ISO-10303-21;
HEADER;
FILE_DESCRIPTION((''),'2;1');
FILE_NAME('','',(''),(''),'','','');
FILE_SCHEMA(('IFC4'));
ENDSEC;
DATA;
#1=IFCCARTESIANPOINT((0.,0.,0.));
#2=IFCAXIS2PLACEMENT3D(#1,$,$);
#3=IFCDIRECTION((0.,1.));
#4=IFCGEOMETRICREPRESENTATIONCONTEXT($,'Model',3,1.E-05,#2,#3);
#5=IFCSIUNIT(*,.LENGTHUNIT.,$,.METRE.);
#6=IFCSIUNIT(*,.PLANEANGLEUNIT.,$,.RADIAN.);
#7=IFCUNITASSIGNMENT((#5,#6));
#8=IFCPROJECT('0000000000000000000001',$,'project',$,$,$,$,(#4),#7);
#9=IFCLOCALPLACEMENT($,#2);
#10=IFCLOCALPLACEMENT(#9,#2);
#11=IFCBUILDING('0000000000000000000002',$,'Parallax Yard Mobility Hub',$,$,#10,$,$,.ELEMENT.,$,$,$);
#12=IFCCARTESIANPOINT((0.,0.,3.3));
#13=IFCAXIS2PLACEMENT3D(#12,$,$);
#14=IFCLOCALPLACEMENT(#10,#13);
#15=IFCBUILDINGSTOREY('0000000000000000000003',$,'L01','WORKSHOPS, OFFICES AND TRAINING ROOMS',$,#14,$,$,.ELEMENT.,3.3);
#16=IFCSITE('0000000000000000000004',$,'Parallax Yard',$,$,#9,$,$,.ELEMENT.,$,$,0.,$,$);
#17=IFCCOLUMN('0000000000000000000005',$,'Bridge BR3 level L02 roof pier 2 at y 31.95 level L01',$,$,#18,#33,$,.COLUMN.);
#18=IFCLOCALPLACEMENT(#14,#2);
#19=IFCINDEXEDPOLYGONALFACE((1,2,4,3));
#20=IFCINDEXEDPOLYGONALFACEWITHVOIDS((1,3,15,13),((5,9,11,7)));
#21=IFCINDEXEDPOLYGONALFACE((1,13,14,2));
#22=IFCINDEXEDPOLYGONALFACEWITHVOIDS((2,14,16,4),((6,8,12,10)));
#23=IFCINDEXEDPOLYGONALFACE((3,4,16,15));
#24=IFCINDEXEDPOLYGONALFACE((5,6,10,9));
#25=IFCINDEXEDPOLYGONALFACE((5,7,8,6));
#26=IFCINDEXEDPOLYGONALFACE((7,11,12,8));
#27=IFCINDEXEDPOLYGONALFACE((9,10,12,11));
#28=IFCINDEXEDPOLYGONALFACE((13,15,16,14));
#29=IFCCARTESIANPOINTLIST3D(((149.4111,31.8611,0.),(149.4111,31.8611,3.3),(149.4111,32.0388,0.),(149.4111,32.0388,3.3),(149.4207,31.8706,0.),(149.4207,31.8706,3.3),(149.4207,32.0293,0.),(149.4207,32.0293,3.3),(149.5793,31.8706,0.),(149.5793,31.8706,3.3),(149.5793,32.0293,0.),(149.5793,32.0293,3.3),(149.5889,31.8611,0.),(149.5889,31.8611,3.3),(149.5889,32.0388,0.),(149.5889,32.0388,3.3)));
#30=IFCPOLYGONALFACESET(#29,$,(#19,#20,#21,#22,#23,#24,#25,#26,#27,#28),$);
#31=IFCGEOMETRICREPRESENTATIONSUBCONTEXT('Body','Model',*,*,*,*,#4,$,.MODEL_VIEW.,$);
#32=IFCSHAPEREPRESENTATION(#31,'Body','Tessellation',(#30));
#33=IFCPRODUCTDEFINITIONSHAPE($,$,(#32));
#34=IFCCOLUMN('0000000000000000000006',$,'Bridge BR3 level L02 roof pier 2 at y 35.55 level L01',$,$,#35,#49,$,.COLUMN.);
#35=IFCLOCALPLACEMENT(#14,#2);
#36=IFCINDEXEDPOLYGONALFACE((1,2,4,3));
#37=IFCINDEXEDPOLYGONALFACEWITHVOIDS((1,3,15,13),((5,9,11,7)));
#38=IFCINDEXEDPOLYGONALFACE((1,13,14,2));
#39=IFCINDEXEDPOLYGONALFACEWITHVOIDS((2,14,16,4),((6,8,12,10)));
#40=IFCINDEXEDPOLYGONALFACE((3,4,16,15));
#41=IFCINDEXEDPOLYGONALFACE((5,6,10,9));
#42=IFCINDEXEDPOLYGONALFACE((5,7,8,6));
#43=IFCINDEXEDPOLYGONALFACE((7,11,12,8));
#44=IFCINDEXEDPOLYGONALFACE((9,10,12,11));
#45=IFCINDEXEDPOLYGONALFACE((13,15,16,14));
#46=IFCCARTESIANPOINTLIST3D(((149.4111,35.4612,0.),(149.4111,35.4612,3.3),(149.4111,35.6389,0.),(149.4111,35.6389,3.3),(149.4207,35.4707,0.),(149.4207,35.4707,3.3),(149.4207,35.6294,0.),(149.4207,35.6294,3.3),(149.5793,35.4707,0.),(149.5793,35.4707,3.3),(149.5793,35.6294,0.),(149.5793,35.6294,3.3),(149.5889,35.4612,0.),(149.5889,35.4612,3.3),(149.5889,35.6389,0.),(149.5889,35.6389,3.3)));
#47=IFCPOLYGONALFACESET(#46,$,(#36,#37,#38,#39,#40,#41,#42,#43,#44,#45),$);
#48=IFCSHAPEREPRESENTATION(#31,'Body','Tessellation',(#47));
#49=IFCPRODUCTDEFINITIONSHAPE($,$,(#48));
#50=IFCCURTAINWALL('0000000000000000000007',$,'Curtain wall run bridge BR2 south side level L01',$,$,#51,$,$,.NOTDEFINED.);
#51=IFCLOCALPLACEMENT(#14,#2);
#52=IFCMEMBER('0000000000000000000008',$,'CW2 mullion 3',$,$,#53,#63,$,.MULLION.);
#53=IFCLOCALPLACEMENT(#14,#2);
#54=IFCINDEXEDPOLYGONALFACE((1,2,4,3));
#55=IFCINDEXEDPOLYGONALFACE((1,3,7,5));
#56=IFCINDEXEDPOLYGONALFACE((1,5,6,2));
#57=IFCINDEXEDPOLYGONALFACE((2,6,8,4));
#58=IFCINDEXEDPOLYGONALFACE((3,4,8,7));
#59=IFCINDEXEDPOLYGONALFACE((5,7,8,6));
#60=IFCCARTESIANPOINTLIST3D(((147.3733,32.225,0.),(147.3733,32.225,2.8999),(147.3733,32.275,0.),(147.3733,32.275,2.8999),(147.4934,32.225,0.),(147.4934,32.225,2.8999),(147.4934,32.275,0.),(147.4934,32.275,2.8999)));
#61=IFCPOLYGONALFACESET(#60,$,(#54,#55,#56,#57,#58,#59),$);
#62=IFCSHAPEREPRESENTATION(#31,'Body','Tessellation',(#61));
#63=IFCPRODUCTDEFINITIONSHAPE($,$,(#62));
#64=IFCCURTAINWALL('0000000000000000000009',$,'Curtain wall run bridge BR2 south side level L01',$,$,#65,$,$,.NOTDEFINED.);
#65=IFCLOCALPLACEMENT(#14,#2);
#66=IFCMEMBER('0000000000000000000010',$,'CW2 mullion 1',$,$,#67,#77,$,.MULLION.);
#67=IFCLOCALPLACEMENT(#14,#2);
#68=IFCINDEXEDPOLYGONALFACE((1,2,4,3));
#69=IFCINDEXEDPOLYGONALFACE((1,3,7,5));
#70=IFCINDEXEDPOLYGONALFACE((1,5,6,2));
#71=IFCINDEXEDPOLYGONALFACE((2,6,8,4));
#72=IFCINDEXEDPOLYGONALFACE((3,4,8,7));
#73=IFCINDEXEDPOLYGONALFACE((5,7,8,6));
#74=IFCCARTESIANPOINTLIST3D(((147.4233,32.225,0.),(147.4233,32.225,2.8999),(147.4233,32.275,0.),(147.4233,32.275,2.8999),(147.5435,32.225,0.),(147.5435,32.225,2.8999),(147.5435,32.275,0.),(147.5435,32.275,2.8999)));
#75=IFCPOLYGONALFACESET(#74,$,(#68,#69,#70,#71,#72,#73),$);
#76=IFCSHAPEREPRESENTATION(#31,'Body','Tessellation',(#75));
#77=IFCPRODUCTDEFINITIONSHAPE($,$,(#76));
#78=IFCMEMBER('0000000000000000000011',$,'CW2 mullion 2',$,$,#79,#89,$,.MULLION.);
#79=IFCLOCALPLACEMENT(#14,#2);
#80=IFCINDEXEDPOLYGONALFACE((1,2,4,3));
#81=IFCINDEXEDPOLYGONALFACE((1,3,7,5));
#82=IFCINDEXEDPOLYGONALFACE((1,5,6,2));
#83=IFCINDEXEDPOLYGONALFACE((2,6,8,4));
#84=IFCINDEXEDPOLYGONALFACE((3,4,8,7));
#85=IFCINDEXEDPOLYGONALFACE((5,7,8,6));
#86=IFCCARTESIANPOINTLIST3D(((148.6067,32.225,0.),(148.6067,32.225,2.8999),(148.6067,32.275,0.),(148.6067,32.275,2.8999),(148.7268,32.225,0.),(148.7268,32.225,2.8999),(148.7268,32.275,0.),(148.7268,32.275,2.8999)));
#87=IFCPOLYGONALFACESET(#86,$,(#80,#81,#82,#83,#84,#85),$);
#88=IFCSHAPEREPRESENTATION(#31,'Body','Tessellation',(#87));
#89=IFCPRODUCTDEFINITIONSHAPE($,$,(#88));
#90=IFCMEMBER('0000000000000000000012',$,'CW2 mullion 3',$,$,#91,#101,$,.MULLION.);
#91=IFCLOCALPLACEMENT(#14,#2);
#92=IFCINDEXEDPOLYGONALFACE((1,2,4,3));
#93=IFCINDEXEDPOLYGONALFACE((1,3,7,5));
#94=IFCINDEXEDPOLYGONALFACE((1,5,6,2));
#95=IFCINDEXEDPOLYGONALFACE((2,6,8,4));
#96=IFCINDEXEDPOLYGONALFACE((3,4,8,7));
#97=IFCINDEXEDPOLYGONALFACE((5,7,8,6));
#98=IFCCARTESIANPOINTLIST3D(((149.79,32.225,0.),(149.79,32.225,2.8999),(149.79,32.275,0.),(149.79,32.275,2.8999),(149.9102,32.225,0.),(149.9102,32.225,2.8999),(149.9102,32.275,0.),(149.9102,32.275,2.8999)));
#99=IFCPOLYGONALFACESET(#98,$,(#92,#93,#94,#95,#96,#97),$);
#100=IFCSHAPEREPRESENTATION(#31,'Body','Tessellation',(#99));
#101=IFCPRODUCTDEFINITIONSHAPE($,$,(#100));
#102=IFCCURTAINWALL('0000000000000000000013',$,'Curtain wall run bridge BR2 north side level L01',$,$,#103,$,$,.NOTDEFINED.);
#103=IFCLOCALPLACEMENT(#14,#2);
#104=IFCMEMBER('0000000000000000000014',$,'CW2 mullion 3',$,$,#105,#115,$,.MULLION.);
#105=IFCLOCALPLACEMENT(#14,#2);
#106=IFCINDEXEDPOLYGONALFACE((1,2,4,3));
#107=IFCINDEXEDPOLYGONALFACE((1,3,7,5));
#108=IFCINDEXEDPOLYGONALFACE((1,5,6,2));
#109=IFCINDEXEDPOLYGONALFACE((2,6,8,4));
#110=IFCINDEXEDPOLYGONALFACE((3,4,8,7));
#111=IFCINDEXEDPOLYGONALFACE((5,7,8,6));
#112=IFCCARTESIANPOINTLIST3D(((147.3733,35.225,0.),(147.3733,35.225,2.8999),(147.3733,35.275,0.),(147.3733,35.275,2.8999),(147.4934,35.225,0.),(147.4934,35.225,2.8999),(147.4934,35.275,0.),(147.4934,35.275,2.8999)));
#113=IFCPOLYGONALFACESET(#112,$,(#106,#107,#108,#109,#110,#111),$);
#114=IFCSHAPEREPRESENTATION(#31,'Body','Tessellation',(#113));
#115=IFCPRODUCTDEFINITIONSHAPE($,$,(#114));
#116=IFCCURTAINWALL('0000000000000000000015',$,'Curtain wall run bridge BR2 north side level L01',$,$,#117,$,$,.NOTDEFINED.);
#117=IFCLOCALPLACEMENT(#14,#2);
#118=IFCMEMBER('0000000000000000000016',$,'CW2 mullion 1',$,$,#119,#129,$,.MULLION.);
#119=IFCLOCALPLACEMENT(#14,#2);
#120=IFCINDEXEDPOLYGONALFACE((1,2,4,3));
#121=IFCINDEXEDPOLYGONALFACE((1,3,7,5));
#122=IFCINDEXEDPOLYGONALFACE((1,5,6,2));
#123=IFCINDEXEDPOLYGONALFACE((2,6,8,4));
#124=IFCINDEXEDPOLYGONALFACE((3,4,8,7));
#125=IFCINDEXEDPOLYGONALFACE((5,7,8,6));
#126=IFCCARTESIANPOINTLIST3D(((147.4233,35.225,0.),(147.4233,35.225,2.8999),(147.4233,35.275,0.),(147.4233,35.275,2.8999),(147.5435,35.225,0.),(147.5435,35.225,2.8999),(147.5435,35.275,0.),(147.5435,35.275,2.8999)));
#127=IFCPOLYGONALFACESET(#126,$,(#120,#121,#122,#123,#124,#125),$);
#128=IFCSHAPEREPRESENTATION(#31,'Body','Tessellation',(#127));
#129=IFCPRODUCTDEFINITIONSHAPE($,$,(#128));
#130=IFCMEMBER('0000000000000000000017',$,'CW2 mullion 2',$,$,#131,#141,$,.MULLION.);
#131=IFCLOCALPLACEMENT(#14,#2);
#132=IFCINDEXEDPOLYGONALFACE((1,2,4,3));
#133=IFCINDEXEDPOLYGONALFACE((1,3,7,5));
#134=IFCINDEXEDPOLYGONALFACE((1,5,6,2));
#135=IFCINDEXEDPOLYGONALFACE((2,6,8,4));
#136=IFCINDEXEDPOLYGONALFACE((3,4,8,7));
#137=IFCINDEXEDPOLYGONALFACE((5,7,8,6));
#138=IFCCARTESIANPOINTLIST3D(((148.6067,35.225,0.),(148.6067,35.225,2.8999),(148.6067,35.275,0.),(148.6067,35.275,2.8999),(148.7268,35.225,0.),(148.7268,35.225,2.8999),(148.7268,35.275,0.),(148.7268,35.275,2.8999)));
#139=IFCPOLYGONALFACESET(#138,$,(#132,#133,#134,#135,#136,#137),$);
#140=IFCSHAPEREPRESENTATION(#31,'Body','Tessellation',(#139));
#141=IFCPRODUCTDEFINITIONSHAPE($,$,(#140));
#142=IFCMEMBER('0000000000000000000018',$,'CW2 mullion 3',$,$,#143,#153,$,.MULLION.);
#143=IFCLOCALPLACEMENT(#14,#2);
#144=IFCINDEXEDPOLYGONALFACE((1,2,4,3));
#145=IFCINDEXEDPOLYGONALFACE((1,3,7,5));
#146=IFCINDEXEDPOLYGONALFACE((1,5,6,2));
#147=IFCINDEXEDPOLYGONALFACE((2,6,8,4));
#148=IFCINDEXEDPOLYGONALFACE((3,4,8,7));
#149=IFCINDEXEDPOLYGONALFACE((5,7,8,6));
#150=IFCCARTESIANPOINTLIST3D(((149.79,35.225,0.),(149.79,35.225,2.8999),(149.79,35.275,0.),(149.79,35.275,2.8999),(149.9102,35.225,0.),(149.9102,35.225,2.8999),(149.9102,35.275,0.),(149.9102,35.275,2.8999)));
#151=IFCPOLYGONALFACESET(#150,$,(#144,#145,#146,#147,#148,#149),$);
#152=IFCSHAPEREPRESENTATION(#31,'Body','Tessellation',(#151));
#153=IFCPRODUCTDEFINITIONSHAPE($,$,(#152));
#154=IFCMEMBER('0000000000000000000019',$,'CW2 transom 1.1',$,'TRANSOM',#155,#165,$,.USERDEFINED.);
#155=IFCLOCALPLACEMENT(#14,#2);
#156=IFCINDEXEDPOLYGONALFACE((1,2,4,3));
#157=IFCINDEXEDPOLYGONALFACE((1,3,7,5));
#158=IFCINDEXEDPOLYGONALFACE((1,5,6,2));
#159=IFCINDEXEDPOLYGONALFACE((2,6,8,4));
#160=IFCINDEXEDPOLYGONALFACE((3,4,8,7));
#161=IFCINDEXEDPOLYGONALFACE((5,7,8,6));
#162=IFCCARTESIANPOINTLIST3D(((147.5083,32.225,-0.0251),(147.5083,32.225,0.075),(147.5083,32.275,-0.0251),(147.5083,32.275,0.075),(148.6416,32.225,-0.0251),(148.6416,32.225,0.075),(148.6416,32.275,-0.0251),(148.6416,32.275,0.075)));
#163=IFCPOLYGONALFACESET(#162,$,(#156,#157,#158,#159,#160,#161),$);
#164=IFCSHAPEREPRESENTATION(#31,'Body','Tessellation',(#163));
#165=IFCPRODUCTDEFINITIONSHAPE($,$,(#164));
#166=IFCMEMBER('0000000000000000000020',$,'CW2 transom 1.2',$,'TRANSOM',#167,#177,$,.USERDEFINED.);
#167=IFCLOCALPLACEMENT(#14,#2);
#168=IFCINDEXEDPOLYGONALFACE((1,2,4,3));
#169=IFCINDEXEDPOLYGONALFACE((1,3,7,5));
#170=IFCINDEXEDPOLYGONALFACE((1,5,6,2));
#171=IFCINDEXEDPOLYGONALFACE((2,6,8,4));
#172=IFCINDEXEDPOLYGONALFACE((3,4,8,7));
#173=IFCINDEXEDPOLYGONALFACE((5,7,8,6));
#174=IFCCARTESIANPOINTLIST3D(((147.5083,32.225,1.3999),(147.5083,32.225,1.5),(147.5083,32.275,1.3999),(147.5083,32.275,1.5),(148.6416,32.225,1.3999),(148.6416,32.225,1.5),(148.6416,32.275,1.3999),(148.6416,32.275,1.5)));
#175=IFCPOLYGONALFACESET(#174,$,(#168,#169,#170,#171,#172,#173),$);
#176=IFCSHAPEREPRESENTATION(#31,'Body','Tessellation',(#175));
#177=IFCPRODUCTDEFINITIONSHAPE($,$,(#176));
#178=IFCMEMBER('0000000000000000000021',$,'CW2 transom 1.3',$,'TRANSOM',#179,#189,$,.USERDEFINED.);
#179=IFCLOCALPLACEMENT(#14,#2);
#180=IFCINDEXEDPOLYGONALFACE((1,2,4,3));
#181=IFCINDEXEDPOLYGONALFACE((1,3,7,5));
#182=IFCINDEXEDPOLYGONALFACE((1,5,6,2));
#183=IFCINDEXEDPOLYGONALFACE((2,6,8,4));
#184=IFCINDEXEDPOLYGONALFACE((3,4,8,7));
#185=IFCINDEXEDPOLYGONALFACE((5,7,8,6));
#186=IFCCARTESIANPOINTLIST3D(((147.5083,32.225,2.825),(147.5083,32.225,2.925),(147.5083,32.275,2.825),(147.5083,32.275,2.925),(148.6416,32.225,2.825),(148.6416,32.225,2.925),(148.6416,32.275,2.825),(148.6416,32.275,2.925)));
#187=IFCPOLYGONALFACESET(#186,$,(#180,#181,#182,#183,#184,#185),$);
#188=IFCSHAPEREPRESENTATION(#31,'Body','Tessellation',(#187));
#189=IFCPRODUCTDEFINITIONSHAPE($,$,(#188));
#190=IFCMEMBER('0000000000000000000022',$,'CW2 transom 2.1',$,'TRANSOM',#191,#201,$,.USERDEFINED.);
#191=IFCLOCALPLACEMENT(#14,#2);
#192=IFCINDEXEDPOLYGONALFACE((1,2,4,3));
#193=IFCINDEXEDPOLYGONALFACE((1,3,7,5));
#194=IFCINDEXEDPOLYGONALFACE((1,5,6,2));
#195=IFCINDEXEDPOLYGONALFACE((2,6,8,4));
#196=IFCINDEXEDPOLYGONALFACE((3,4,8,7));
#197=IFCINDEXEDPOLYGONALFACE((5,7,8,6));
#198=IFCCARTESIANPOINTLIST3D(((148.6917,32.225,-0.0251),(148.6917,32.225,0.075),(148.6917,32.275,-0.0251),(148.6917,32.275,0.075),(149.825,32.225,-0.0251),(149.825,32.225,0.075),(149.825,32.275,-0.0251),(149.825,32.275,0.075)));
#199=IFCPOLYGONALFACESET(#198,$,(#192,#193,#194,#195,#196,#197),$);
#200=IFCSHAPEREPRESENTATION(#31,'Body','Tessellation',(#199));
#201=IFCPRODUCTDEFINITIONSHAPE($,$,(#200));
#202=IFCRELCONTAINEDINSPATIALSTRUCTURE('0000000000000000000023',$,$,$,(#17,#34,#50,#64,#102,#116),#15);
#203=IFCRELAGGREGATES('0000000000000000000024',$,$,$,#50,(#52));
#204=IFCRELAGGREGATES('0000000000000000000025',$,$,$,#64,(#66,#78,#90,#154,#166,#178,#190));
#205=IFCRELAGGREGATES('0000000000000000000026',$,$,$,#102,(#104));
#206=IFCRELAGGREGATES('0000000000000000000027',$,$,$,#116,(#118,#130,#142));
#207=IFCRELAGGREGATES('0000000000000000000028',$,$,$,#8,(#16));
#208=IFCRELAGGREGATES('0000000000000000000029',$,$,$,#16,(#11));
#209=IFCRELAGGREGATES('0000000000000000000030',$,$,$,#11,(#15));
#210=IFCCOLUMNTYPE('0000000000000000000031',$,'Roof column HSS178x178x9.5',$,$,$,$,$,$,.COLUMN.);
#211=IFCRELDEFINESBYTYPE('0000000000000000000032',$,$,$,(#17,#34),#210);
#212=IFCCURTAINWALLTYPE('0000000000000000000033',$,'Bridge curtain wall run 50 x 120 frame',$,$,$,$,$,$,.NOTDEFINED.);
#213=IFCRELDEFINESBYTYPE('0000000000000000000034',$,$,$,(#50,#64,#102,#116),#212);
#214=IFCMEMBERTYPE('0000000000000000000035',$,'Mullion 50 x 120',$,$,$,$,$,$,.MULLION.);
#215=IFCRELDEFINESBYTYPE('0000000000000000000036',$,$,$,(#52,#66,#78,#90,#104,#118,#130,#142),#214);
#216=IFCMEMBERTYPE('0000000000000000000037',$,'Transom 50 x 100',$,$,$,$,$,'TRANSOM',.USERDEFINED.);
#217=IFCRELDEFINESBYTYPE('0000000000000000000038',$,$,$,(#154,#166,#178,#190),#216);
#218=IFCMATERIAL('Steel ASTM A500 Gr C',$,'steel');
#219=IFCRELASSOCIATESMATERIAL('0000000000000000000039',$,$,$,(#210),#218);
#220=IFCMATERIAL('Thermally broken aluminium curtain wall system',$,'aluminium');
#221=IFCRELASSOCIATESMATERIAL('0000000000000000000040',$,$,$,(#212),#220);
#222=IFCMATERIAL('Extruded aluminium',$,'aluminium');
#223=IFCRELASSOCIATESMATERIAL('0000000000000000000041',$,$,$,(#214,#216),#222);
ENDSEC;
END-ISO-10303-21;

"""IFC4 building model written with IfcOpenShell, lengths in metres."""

from ifc_helpers import new_model, si_unit, direction, frame, origin, origin_2d, place, context, subcontext, project, spatial, rectangle, hollow_rectangle, extrude, material, material_profile, profile_set, type_object, element, aggregate, save


model = new_model("IFC4")

# Units and contexts
model_context = context("Model", 3, precision=1e-05, world=origin(), true_north=direction((0.0, 1.0)))
body_context = subcontext(model_context, "Body", "Model", "MODEL_VIEW")
ifc_project = project(units=[si_unit("LENGTHUNIT", "METRE"), si_unit("PLANEANGLEUNIT", "RADIAN")], contexts=[model_context])

# Site, building, storey
site_placement = place(None, origin())
site = spatial("IfcSite", under=ifc_project, at=site_placement, Name="Parallax Yard", CompositionType="ELEMENT", RefElevation=0.0)
building_placement = place(site_placement, origin())
building = spatial("IfcBuilding", under=site, at=building_placement, Name="Parallax Yard Mobility Hub", CompositionType="ELEMENT")
storey_placement = place(building_placement, frame((0.0, 0.0, 3.3)))
storey = spatial("IfcBuildingStorey", under=building, at=storey_placement, Name="L01", Description="WORKSHOPS, OFFICES AND TRAINING ROOMS", CompositionType="ELEMENT", Elevation=3.3)

# Columns
ifc_material_1 = material(Name="Steel ASTM A500 Gr C", Category="steel")
ifc_material_profile_1 = material_profile(ifc_material_1, hollow_rectangle(XDim=0.1777, YDim=0.1777, WallThickness=0.0095, at=origin_2d()), Name="HSS178x178x9.5")
ifc_profile_set_1 = profile_set([ifc_material_profile_1], Name="Steel ASTM A500 Gr C")
column_type = type_object("IfcColumnType", Name="Roof column HSS178x178x9.5", PredefinedType="COLUMN", material=ifc_profile_set_1)
for number, where, z_axis, x_axis, name in (
    (1, (149.5, 31.95, 0.0), (0.0, 0.0, 1.0), (1.0, 0.0, 0.0), "Bridge BR3 level L02 roof pier 2 at y 31.95 level L01"),
    (2, (149.5, 35.55, 0.0), (0.0, 0.0, 1.0), (1.0, 0.0, 0.0), "Bridge BR3 level L02 roof pier 2 at y 35.55 level L01"),
):
    element("IfcColumn", number, at=place(storey_placement, frame(where, z_axis=z_axis, x_axis=x_axis)), inside=storey, type_object=column_type, Name=name, PredefinedType="COLUMN", context=body_context, shape_type="SweptSolid", body=[
        extrude(hollow_rectangle(XDim=0.1777, YDim=0.1777, WallThickness=0.0095, at=origin_2d()), origin(), (0.0, 0.0, 1.0), 3.3),
    ])

# Curtain wall, member
ifc_material_2 = material(Name="Thermally broken aluminium curtain wall system", Category="aluminium")
curtain_wall_type = type_object("IfcCurtainWallType", Name="Bridge curtain wall run 50 x 120 frame", PredefinedType="NOTDEFINED", material=ifc_material_2)
curtain_wall_1_placement = place(storey_placement, origin())
curtain_wall_1 = element("IfcCurtainWall", 3, at=curtain_wall_1_placement, inside=storey, type_object=curtain_wall_type, Name="Curtain wall run bridge BR2 south side level L01", PredefinedType="NOTDEFINED")
ifc_material_3 = material(Name="Extruded aluminium", Category="aluminium")
ifc_material_profile_2 = material_profile(ifc_material_3, rectangle(XDim=0.05, YDim=0.1201, at=origin_2d()), Name="Mullion 50 x 120")
ifc_profile_set_2 = profile_set([ifc_material_profile_2], Name="Extruded aluminium")
member_type_1 = type_object("IfcMemberType", Name="Mullion 50 x 120", PredefinedType="MULLION", material=ifc_profile_set_2)
member_1_placement = place(storey_placement, frame((147.4333, 32.25, 0.0), z_axis=(0.0, 0.0, 1.0), x_axis=(0.0, 1.0, 0.0)))
member_1 = element("IfcMember", 4, at=member_1_placement, type_object=member_type_1, Name="CW2 mullion 3", PredefinedType="MULLION", context=body_context, shape_type="SweptSolid", body=[
    extrude(rectangle(XDim=0.05, YDim=0.1201, at=origin_2d()), origin(), (0.0, 0.0, 1.0), 2.8999),
])

# Curtain wall, members
curtain_wall_2_placement = place(storey_placement, origin())
curtain_wall_2 = element("IfcCurtainWall", 5, at=curtain_wall_2_placement, inside=storey, type_object=curtain_wall_type, Name="Curtain wall run bridge BR2 south side level L01", PredefinedType="NOTDEFINED")
member_2_placement = place(storey_placement, frame((147.4834, 32.25, 0.0), z_axis=(0.0, 0.0, 1.0), x_axis=(0.0, 1.0, 0.0)))
member_2 = element("IfcMember", 6, at=member_2_placement, type_object=member_type_1, Name="CW2 mullion 1", PredefinedType="MULLION", context=body_context, shape_type="SweptSolid", body=[
    extrude(rectangle(XDim=0.05, YDim=0.1201, at=origin_2d()), origin(), (0.0, 0.0, 1.0), 2.8999),
])
member_3_placement = place(storey_placement, frame((148.6667, 32.25, 0.0), z_axis=(0.0, 0.0, 1.0), x_axis=(0.0, 1.0, 0.0)))
member_3 = element("IfcMember", 7, at=member_3_placement, type_object=member_type_1, Name="CW2 mullion 2", PredefinedType="MULLION", context=body_context, shape_type="SweptSolid", body=[
    extrude(rectangle(XDim=0.05, YDim=0.1201, at=origin_2d()), origin(), (0.0, 0.0, 1.0), 2.8999),
])
member_4_placement = place(storey_placement, frame((149.8501, 32.25, 0.0), z_axis=(0.0, 0.0, 1.0), x_axis=(0.0, 1.0, 0.0)))
member_4 = element("IfcMember", 8, at=member_4_placement, type_object=member_type_1, Name="CW2 mullion 3", PredefinedType="MULLION", context=body_context, shape_type="SweptSolid", body=[
    extrude(rectangle(XDim=0.05, YDim=0.1201, at=origin_2d()), origin(), (0.0, 0.0, 1.0), 2.8999),
])

# Curtain wall, member
curtain_wall_3_placement = place(storey_placement, origin())
curtain_wall_3 = element("IfcCurtainWall", 9, at=curtain_wall_3_placement, inside=storey, type_object=curtain_wall_type, Name="Curtain wall run bridge BR2 north side level L01", PredefinedType="NOTDEFINED")
member_5_placement = place(storey_placement, frame((147.4333, 35.25, 0.0), z_axis=(0.0, 0.0, 1.0), x_axis=(0.0, 1.0, 0.0)))
member_5 = element("IfcMember", 10, at=member_5_placement, type_object=member_type_1, Name="CW2 mullion 3", PredefinedType="MULLION", context=body_context, shape_type="SweptSolid", body=[
    extrude(rectangle(XDim=0.05, YDim=0.1201, at=origin_2d()), origin(), (0.0, 0.0, 1.0), 2.8999),
])

# Curtain wall, members
curtain_wall_4_placement = place(storey_placement, origin())
curtain_wall_4 = element("IfcCurtainWall", 11, at=curtain_wall_4_placement, inside=storey, type_object=curtain_wall_type, Name="Curtain wall run bridge BR2 north side level L01", PredefinedType="NOTDEFINED")
member_6_placement = place(storey_placement, frame((147.4834, 35.25, 0.0), z_axis=(0.0, 0.0, 1.0), x_axis=(0.0, 1.0, 0.0)))
member_6 = element("IfcMember", 12, at=member_6_placement, type_object=member_type_1, Name="CW2 mullion 1", PredefinedType="MULLION", context=body_context, shape_type="SweptSolid", body=[
    extrude(rectangle(XDim=0.05, YDim=0.1201, at=origin_2d()), origin(), (0.0, 0.0, 1.0), 2.8999),
])
member_7_placement = place(storey_placement, frame((148.6667, 35.25, 0.0), z_axis=(0.0, 0.0, 1.0), x_axis=(0.0, 1.0, 0.0)))
member_7 = element("IfcMember", 13, at=member_7_placement, type_object=member_type_1, Name="CW2 mullion 2", PredefinedType="MULLION", context=body_context, shape_type="SweptSolid", body=[
    extrude(rectangle(XDim=0.05, YDim=0.1201, at=origin_2d()), origin(), (0.0, 0.0, 1.0), 2.8999),
])
member_8_placement = place(storey_placement, frame((149.8501, 35.25, 0.0), z_axis=(0.0, 0.0, 1.0), x_axis=(0.0, 1.0, 0.0)))
member_8 = element("IfcMember", 14, at=member_8_placement, type_object=member_type_1, Name="CW2 mullion 3", PredefinedType="MULLION", context=body_context, shape_type="SweptSolid", body=[
    extrude(rectangle(XDim=0.05, YDim=0.1201, at=origin_2d()), origin(), (0.0, 0.0, 1.0), 2.8999),
])

# Members
ifc_material_profile_3 = material_profile(ifc_material_3, rectangle(XDim=0.05, YDim=0.1001, at=origin_2d()), Name="Transom 50 x 100")
ifc_profile_set_3 = profile_set([ifc_material_profile_3], Name="Extruded aluminium")
member_type_2 = type_object("IfcMemberType", Name="Transom 50 x 100", ElementType="TRANSOM", PredefinedType="USERDEFINED", material=ifc_profile_set_3)
member_9_placement = place(storey_placement, frame((147.5083, 32.25, 0.0249), z_axis=(1.0, 0.0, 0.0), x_axis=(0.0, 1.0, 0.0)))
member_9 = element("IfcMember", 15, at=member_9_placement, type_object=member_type_2, Name="CW2 transom 1.1", ObjectType="TRANSOM", PredefinedType="USERDEFINED", context=body_context, shape_type="SweptSolid", body=[
    extrude(rectangle(XDim=0.05, YDim=0.1001, at=origin_2d()), origin(), (0.0, 0.0, 1.0), 1.1333),
])
member_10_placement = place(storey_placement, frame((147.5083, 32.25, 1.45), z_axis=(1.0, 0.0, 0.0), x_axis=(0.0, 1.0, 0.0)))
member_10 = element("IfcMember", 16, at=member_10_placement, type_object=member_type_2, Name="CW2 transom 1.2", ObjectType="TRANSOM", PredefinedType="USERDEFINED", context=body_context, shape_type="SweptSolid", body=[
    extrude(rectangle(XDim=0.05, YDim=0.1001, at=origin_2d()), origin(), (0.0, 0.0, 1.0), 1.1333),
])
member_11_placement = place(storey_placement, frame((147.5083, 32.25, 2.875), z_axis=(1.0, 0.0, 0.0), x_axis=(0.0, 1.0, 0.0)))
member_11 = element("IfcMember", 17, at=member_11_placement, type_object=member_type_2, Name="CW2 transom 1.3", ObjectType="TRANSOM", PredefinedType="USERDEFINED", context=body_context, shape_type="SweptSolid", body=[
    extrude(rectangle(XDim=0.05, YDim=0.1001, at=origin_2d()), origin(), (0.0, 0.0, 1.0), 1.1333),
])
member_12_placement = place(storey_placement, frame((148.6917, 32.25, 0.0249), z_axis=(1.0, 0.0, 0.0), x_axis=(0.0, 1.0, 0.0)))
member_12 = element("IfcMember", 18, at=member_12_placement, type_object=member_type_2, Name="CW2 transom 2.1", ObjectType="TRANSOM", PredefinedType="USERDEFINED", context=body_context, shape_type="SweptSolid", body=[
    extrude(rectangle(XDim=0.05, YDim=0.1001, at=origin_2d()), origin(), (0.0, 0.0, 1.0), 1.1333),
])

aggregate(curtain_wall_1, [member_1])
aggregate(curtain_wall_2, [member_2, member_3, member_4, member_9, member_10, member_11, member_12])
aggregate(curtain_wall_3, [member_5])
aggregate(curtain_wall_4, [member_6, member_7, member_8])

save(model, "model.ifc")
